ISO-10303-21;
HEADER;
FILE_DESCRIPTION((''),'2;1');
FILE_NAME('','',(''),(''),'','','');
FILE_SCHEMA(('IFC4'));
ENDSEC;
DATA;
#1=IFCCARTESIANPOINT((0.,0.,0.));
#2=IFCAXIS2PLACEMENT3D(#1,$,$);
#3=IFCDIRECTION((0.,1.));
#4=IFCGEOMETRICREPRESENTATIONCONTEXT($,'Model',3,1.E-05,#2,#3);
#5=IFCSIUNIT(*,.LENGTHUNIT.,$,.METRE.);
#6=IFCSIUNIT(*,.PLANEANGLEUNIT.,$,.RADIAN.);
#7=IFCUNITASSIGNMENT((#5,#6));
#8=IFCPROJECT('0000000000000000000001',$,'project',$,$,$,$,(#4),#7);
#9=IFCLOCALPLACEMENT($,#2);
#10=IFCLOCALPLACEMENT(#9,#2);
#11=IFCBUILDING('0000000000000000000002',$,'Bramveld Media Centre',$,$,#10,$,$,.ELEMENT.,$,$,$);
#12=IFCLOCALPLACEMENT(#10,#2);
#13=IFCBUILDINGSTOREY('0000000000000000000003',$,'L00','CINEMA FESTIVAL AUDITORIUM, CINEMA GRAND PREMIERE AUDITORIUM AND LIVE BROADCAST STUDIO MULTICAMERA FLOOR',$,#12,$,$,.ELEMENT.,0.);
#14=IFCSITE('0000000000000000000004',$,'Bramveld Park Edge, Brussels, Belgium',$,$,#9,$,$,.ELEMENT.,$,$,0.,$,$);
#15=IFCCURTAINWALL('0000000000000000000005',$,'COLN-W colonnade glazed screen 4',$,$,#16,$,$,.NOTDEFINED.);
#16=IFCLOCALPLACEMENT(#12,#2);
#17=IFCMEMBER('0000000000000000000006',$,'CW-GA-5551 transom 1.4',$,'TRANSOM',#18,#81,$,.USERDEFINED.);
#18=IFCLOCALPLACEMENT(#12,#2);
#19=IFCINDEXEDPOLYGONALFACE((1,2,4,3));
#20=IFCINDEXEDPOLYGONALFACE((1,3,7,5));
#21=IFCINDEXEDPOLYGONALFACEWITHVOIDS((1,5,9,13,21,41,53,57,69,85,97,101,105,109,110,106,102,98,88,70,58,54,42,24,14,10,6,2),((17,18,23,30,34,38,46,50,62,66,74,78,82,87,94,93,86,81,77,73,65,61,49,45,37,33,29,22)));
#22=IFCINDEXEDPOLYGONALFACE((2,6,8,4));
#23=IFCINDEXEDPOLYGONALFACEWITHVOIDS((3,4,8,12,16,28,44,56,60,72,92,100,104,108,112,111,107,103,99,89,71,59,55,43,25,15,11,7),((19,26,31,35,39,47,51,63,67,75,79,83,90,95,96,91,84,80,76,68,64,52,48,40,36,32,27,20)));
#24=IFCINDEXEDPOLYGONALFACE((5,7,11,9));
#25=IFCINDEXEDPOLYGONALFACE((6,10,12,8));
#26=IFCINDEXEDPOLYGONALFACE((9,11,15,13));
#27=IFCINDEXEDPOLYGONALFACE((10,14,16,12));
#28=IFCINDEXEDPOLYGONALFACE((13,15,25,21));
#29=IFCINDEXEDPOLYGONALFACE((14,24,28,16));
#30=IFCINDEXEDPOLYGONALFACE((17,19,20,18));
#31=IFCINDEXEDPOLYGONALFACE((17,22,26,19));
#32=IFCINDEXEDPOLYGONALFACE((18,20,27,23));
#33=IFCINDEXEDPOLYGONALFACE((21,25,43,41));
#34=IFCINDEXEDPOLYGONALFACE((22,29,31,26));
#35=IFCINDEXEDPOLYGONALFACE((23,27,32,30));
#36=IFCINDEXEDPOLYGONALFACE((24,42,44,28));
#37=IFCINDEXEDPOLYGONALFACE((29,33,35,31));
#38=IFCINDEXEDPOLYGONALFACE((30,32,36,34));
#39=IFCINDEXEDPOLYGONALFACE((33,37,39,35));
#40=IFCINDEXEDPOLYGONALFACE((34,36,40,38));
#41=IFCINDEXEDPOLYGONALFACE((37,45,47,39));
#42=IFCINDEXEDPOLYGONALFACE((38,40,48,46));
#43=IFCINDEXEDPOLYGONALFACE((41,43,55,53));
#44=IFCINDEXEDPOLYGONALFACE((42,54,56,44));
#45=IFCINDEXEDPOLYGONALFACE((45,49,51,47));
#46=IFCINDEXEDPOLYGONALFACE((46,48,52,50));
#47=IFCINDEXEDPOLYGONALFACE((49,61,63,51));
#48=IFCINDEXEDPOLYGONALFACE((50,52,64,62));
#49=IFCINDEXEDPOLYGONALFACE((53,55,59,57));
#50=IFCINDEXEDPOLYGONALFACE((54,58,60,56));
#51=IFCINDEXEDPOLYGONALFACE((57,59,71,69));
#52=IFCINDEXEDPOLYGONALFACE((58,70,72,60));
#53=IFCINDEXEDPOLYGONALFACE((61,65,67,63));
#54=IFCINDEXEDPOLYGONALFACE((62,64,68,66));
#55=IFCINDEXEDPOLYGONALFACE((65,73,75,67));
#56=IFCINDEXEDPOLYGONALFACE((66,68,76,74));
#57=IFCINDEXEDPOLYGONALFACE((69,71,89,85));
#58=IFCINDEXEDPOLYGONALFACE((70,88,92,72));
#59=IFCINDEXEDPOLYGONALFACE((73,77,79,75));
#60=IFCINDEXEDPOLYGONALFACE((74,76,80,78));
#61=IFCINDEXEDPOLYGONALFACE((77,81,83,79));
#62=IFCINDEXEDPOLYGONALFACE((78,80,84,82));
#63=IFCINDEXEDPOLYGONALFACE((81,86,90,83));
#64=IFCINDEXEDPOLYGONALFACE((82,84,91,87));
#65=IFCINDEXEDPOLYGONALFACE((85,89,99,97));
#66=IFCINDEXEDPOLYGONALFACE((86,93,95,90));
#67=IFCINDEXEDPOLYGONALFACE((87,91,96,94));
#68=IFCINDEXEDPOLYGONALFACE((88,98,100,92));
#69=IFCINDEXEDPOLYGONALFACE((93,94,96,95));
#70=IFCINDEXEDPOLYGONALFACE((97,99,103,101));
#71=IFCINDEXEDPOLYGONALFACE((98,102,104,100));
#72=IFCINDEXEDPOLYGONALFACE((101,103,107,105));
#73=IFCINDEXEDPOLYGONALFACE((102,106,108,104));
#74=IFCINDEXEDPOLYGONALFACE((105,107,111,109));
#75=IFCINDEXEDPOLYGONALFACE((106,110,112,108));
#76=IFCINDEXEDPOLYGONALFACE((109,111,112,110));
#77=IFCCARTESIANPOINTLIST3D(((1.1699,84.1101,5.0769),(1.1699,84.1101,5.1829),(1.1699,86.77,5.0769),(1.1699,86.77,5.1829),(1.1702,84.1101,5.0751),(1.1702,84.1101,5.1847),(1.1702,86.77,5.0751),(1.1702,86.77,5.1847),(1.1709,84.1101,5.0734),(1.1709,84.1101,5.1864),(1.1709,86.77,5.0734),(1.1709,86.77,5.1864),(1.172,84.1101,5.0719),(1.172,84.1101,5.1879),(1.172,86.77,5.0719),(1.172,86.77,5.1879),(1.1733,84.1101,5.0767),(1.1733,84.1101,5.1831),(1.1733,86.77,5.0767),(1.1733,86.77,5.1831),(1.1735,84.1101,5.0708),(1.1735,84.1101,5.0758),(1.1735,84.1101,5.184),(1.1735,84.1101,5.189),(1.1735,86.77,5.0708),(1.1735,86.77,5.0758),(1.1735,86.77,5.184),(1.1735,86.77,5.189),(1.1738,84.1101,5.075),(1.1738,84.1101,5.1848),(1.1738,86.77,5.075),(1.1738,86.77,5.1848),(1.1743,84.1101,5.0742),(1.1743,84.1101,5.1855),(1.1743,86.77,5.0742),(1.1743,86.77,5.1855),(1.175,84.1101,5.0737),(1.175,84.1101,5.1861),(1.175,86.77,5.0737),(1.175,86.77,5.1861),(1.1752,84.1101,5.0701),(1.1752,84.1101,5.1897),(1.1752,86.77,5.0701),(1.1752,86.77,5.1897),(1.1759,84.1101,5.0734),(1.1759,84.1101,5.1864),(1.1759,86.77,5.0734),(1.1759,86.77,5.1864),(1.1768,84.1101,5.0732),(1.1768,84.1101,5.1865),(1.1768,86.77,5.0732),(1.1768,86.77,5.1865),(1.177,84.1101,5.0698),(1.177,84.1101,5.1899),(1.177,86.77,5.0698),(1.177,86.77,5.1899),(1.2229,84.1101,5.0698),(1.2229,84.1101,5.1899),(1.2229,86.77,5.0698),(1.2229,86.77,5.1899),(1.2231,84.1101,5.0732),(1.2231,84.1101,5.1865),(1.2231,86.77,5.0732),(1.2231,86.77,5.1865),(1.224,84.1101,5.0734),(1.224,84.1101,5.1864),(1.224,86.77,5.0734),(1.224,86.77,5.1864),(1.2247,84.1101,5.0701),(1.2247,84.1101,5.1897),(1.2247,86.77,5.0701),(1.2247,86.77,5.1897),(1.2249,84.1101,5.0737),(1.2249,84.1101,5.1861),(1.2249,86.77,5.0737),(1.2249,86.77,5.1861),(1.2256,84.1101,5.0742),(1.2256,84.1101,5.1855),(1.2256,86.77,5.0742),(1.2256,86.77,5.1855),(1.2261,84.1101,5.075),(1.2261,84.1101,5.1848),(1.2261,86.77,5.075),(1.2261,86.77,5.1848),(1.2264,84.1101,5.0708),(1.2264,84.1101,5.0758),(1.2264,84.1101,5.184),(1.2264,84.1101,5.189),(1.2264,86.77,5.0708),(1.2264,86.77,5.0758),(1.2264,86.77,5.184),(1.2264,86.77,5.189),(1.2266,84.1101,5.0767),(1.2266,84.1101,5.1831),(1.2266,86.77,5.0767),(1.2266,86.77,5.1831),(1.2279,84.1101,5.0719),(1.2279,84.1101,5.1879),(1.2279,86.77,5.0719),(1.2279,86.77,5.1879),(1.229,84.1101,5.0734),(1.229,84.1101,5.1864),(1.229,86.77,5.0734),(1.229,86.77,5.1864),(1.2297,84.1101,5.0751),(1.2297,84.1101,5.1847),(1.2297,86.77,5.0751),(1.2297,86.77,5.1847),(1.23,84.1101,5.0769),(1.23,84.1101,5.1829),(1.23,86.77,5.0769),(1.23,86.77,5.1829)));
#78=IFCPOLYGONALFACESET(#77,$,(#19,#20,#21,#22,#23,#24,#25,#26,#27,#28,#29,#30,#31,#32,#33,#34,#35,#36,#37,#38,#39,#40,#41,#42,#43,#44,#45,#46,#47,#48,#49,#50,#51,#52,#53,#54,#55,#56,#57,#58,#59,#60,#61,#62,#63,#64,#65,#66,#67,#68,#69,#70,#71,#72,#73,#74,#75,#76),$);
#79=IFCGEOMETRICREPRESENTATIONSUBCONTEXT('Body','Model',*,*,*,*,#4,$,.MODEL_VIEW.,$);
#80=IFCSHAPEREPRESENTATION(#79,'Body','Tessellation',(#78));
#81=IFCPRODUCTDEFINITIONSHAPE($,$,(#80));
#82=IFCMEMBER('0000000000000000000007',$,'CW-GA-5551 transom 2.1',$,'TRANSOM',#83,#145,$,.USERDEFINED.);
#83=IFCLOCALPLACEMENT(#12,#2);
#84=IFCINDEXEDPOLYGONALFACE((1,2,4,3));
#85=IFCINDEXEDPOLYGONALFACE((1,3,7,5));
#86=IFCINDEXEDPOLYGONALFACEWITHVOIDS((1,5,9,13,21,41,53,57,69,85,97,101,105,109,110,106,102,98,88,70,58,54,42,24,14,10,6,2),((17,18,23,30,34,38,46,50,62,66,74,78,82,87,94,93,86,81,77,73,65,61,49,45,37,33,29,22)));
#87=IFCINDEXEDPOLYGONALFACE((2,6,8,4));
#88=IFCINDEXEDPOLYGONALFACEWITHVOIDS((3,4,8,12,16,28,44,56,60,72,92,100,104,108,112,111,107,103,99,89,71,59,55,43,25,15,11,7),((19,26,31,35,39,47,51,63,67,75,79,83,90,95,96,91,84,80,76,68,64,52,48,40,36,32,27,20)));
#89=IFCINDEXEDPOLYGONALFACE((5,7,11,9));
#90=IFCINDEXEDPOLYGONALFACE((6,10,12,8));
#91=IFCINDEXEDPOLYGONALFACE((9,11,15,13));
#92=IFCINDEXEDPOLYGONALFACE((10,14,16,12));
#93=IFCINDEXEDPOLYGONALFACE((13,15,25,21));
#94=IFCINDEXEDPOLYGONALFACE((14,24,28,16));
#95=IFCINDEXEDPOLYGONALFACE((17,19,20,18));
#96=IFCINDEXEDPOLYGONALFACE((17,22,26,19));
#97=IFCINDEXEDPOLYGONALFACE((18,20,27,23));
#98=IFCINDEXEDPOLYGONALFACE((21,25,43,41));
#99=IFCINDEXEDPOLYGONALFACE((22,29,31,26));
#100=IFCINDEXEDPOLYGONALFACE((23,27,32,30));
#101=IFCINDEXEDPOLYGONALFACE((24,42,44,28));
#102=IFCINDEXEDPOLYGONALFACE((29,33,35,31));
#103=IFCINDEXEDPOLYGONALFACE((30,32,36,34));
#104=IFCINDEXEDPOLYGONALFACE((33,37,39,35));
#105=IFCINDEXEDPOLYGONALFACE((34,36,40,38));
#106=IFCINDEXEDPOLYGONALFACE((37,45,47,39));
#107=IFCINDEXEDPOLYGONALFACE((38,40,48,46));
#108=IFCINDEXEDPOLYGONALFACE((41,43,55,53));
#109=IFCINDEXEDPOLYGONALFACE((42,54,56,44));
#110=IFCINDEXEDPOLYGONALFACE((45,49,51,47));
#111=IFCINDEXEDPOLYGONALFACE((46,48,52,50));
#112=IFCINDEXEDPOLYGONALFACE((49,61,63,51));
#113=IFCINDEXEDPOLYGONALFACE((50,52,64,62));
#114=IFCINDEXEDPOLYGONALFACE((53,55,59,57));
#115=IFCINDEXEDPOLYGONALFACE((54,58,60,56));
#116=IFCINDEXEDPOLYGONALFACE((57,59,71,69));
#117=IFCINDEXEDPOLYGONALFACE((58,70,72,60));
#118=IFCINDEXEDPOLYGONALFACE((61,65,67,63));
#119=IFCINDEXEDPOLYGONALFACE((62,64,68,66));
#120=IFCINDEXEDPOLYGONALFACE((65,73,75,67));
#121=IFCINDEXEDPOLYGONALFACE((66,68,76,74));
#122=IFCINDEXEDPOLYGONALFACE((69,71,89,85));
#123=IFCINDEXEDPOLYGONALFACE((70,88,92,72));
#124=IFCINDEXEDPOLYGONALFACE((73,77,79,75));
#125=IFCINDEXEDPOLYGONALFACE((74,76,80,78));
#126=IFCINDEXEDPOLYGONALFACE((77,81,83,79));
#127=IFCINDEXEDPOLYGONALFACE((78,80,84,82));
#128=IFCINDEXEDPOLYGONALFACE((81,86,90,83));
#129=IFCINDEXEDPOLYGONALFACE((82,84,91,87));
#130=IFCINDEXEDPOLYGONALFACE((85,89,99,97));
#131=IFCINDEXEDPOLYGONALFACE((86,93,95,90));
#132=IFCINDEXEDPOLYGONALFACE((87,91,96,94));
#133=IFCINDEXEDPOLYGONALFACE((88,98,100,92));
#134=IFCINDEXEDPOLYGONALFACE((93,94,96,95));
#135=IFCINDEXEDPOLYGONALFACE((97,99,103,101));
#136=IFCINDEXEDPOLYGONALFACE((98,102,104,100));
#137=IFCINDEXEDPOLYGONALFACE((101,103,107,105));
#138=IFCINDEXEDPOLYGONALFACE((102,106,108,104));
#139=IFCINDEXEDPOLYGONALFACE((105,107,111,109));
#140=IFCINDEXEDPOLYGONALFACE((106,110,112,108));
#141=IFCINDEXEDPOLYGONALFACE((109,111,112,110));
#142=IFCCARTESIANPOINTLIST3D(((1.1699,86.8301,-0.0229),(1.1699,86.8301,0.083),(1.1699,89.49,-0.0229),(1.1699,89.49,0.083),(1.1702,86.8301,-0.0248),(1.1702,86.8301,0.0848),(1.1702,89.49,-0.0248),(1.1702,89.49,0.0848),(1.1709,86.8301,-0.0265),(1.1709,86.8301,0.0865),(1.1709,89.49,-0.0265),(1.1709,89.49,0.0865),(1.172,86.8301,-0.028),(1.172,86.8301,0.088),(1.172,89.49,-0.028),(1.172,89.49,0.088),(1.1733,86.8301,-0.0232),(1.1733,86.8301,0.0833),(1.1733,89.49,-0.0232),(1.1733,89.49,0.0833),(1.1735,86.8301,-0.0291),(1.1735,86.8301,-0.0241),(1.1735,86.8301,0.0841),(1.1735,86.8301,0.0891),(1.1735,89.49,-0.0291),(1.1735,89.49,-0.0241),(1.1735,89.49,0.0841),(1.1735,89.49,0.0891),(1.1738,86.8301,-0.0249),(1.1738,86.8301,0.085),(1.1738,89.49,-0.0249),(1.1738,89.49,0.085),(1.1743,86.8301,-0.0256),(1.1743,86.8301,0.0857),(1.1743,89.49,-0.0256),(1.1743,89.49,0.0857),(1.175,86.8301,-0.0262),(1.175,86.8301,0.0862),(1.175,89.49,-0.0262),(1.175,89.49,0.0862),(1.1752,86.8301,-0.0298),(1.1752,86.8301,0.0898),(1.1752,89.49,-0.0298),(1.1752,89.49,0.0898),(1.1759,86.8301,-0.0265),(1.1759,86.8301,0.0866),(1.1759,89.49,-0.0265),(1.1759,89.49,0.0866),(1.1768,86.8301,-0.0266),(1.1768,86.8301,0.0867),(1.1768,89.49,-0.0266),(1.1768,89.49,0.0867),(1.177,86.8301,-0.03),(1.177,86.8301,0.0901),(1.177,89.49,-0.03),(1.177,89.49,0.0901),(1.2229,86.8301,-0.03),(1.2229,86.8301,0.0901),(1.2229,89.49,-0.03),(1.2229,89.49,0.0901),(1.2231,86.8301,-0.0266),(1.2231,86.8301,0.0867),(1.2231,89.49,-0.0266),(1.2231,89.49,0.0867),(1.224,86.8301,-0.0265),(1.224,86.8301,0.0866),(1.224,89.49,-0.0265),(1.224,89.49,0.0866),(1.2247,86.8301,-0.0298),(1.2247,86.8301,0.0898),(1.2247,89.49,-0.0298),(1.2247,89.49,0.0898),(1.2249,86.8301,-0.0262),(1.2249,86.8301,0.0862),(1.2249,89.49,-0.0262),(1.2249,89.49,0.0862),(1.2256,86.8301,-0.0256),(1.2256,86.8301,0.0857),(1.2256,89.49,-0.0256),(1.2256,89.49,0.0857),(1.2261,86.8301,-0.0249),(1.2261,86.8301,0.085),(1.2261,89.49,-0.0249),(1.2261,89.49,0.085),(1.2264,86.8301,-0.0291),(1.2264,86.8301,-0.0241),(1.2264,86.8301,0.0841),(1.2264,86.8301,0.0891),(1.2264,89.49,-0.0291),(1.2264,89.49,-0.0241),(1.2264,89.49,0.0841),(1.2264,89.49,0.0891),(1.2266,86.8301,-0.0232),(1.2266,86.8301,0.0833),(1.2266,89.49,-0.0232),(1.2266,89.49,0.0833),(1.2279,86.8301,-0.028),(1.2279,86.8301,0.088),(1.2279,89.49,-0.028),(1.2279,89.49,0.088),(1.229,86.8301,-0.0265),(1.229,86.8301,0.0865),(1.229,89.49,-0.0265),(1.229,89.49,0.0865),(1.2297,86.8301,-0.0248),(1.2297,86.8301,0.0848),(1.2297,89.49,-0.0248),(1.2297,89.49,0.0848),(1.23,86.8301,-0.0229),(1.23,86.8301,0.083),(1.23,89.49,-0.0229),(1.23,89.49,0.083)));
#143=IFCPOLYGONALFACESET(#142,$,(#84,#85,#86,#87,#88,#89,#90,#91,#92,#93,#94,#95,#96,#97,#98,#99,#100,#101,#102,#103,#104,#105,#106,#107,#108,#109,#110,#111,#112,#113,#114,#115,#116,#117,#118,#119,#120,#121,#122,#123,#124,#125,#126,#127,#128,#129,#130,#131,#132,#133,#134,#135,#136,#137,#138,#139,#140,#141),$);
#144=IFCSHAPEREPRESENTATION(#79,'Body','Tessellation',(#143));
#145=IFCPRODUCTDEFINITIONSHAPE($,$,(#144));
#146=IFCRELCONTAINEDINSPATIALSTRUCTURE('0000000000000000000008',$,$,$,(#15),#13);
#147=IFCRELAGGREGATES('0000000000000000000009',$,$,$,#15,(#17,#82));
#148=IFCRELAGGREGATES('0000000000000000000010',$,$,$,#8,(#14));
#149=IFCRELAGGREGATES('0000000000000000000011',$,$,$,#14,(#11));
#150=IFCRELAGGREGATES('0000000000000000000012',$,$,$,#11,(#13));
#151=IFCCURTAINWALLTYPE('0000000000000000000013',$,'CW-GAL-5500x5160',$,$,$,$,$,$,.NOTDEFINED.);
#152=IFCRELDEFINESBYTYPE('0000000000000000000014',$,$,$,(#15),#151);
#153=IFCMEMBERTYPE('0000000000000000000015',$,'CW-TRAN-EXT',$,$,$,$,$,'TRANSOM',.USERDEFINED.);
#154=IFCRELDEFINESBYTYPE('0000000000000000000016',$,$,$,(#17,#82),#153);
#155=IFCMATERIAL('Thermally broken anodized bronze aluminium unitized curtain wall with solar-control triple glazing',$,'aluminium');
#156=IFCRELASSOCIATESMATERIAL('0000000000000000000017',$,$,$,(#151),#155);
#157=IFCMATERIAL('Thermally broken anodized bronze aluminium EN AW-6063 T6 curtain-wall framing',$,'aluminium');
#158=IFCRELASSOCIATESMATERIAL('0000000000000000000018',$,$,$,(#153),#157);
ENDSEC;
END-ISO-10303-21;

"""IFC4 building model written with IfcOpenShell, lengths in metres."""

from ifc_helpers import new_model, si_unit, direction, frame, origin, origin_2d, place, context, subcontext, project, spatial, hollow_rectangle, extrude, material, material_profile, profile_set, type_object, element, aggregate, save


model = new_model("IFC4")

# Units and contexts
model_context = context("Model", 3, precision=1e-05, world=origin(), true_north=direction((0.0, 1.0)))
body_context = subcontext(model_context, "Body", "Model", "MODEL_VIEW")
ifc_project = project(units=[si_unit("LENGTHUNIT", "METRE"), si_unit("PLANEANGLEUNIT", "RADIAN")], contexts=[model_context])

# Site, building, storey
site_placement = place(None, origin())
site = spatial("IfcSite", under=ifc_project, at=site_placement, Name="Bramveld Park Edge, Brussels, Belgium", CompositionType="ELEMENT", RefElevation=0.0)
building_placement = place(site_placement, origin())
building = spatial("IfcBuilding", under=site, at=building_placement, Name="Bramveld Media Centre", CompositionType="ELEMENT")
storey_placement = place(building_placement, origin())
storey = spatial("IfcBuildingStorey", under=building, at=storey_placement, Name="L00", Description="CINEMA FESTIVAL AUDITORIUM, CINEMA GRAND PREMIERE AUDITORIUM AND LIVE BROADCAST STUDIO MULTICAMERA FLOOR", CompositionType="ELEMENT", Elevation=0.0)

# Curtain wall, members
ifc_material_1 = material(Name="Thermally broken anodized bronze aluminium unitized curtain wall with solar-control triple glazing", Category="aluminium")
curtain_wall_type_1 = type_object("IfcCurtainWallType", Name="CW-GAL-5500x5160", PredefinedType="NOTDEFINED", material=ifc_material_1)
curtain_wall_1_placement = place(storey_placement, origin())
curtain_wall_1 = element("IfcCurtainWall", 1, at=curtain_wall_1_placement, inside=storey, type_object=curtain_wall_type_1, Name="COLN-W colonnade glazed screen 4", PredefinedType="NOTDEFINED")
ifc_material_2 = material(Name="Thermally broken anodized bronze aluminium EN AW-6063 T6 curtain-wall framing", Category="aluminium")
ifc_material_profile_1 = material_profile(ifc_material_2, hollow_rectangle(XDim=0.0601, YDim=0.1201, WallThickness=0.0034, InnerFilletRadius=0.0034, OuterFilletRadius=0.0071, at=origin_2d()), Name="AL-TRAN 60x120")
ifc_profile_set_1 = profile_set([ifc_material_profile_1], Name="Thermally broken anodized bronze aluminium EN AW-6063 T6 curtain-wall framing")
member_type_1 = type_object("IfcMemberType", Name="CW-TRAN-EXT", ElementType="TRANSOM", PredefinedType="USERDEFINED", material=ifc_profile_set_1)
member_1_placement = place(storey_placement, frame((1.2, 84.1101, 5.1299), z_axis=(0.0, 1.0, 0.0), x_axis=(-1.0, 0.0, 0.0)))
member_1 = element("IfcMember", 2, at=member_1_placement, type_object=member_type_1, Name="CW-GA-5551 transom 1.4", ObjectType="TRANSOM", PredefinedType="USERDEFINED", context=body_context, shape_type="SweptSolid", body=[
    extrude(hollow_rectangle(XDim=0.0601, YDim=0.1201, WallThickness=0.0034, InnerFilletRadius=0.0034, OuterFilletRadius=0.0071, at=origin_2d()), origin(), (0.0, 0.0, 1.0), 2.6599),
])
member_2_placement = place(storey_placement, frame((1.2, 86.8301, 0.03), z_axis=(0.0, 1.0, 0.0), x_axis=(-1.0, 0.0, 0.0)))
member_2 = element("IfcMember", 3, at=member_2_placement, type_object=member_type_1, Name="CW-GA-5551 transom 2.1", ObjectType="TRANSOM", PredefinedType="USERDEFINED", context=body_context, shape_type="SweptSolid", body=[
    extrude(hollow_rectangle(XDim=0.0601, YDim=0.1201, WallThickness=0.0034, InnerFilletRadius=0.0034, OuterFilletRadius=0.0071, at=origin_2d()), origin(), (0.0, 0.0, 1.0), 2.6599),
])
aggregate(curtain_wall_1, [member_1, member_2])

save(model, "model.ifc")
